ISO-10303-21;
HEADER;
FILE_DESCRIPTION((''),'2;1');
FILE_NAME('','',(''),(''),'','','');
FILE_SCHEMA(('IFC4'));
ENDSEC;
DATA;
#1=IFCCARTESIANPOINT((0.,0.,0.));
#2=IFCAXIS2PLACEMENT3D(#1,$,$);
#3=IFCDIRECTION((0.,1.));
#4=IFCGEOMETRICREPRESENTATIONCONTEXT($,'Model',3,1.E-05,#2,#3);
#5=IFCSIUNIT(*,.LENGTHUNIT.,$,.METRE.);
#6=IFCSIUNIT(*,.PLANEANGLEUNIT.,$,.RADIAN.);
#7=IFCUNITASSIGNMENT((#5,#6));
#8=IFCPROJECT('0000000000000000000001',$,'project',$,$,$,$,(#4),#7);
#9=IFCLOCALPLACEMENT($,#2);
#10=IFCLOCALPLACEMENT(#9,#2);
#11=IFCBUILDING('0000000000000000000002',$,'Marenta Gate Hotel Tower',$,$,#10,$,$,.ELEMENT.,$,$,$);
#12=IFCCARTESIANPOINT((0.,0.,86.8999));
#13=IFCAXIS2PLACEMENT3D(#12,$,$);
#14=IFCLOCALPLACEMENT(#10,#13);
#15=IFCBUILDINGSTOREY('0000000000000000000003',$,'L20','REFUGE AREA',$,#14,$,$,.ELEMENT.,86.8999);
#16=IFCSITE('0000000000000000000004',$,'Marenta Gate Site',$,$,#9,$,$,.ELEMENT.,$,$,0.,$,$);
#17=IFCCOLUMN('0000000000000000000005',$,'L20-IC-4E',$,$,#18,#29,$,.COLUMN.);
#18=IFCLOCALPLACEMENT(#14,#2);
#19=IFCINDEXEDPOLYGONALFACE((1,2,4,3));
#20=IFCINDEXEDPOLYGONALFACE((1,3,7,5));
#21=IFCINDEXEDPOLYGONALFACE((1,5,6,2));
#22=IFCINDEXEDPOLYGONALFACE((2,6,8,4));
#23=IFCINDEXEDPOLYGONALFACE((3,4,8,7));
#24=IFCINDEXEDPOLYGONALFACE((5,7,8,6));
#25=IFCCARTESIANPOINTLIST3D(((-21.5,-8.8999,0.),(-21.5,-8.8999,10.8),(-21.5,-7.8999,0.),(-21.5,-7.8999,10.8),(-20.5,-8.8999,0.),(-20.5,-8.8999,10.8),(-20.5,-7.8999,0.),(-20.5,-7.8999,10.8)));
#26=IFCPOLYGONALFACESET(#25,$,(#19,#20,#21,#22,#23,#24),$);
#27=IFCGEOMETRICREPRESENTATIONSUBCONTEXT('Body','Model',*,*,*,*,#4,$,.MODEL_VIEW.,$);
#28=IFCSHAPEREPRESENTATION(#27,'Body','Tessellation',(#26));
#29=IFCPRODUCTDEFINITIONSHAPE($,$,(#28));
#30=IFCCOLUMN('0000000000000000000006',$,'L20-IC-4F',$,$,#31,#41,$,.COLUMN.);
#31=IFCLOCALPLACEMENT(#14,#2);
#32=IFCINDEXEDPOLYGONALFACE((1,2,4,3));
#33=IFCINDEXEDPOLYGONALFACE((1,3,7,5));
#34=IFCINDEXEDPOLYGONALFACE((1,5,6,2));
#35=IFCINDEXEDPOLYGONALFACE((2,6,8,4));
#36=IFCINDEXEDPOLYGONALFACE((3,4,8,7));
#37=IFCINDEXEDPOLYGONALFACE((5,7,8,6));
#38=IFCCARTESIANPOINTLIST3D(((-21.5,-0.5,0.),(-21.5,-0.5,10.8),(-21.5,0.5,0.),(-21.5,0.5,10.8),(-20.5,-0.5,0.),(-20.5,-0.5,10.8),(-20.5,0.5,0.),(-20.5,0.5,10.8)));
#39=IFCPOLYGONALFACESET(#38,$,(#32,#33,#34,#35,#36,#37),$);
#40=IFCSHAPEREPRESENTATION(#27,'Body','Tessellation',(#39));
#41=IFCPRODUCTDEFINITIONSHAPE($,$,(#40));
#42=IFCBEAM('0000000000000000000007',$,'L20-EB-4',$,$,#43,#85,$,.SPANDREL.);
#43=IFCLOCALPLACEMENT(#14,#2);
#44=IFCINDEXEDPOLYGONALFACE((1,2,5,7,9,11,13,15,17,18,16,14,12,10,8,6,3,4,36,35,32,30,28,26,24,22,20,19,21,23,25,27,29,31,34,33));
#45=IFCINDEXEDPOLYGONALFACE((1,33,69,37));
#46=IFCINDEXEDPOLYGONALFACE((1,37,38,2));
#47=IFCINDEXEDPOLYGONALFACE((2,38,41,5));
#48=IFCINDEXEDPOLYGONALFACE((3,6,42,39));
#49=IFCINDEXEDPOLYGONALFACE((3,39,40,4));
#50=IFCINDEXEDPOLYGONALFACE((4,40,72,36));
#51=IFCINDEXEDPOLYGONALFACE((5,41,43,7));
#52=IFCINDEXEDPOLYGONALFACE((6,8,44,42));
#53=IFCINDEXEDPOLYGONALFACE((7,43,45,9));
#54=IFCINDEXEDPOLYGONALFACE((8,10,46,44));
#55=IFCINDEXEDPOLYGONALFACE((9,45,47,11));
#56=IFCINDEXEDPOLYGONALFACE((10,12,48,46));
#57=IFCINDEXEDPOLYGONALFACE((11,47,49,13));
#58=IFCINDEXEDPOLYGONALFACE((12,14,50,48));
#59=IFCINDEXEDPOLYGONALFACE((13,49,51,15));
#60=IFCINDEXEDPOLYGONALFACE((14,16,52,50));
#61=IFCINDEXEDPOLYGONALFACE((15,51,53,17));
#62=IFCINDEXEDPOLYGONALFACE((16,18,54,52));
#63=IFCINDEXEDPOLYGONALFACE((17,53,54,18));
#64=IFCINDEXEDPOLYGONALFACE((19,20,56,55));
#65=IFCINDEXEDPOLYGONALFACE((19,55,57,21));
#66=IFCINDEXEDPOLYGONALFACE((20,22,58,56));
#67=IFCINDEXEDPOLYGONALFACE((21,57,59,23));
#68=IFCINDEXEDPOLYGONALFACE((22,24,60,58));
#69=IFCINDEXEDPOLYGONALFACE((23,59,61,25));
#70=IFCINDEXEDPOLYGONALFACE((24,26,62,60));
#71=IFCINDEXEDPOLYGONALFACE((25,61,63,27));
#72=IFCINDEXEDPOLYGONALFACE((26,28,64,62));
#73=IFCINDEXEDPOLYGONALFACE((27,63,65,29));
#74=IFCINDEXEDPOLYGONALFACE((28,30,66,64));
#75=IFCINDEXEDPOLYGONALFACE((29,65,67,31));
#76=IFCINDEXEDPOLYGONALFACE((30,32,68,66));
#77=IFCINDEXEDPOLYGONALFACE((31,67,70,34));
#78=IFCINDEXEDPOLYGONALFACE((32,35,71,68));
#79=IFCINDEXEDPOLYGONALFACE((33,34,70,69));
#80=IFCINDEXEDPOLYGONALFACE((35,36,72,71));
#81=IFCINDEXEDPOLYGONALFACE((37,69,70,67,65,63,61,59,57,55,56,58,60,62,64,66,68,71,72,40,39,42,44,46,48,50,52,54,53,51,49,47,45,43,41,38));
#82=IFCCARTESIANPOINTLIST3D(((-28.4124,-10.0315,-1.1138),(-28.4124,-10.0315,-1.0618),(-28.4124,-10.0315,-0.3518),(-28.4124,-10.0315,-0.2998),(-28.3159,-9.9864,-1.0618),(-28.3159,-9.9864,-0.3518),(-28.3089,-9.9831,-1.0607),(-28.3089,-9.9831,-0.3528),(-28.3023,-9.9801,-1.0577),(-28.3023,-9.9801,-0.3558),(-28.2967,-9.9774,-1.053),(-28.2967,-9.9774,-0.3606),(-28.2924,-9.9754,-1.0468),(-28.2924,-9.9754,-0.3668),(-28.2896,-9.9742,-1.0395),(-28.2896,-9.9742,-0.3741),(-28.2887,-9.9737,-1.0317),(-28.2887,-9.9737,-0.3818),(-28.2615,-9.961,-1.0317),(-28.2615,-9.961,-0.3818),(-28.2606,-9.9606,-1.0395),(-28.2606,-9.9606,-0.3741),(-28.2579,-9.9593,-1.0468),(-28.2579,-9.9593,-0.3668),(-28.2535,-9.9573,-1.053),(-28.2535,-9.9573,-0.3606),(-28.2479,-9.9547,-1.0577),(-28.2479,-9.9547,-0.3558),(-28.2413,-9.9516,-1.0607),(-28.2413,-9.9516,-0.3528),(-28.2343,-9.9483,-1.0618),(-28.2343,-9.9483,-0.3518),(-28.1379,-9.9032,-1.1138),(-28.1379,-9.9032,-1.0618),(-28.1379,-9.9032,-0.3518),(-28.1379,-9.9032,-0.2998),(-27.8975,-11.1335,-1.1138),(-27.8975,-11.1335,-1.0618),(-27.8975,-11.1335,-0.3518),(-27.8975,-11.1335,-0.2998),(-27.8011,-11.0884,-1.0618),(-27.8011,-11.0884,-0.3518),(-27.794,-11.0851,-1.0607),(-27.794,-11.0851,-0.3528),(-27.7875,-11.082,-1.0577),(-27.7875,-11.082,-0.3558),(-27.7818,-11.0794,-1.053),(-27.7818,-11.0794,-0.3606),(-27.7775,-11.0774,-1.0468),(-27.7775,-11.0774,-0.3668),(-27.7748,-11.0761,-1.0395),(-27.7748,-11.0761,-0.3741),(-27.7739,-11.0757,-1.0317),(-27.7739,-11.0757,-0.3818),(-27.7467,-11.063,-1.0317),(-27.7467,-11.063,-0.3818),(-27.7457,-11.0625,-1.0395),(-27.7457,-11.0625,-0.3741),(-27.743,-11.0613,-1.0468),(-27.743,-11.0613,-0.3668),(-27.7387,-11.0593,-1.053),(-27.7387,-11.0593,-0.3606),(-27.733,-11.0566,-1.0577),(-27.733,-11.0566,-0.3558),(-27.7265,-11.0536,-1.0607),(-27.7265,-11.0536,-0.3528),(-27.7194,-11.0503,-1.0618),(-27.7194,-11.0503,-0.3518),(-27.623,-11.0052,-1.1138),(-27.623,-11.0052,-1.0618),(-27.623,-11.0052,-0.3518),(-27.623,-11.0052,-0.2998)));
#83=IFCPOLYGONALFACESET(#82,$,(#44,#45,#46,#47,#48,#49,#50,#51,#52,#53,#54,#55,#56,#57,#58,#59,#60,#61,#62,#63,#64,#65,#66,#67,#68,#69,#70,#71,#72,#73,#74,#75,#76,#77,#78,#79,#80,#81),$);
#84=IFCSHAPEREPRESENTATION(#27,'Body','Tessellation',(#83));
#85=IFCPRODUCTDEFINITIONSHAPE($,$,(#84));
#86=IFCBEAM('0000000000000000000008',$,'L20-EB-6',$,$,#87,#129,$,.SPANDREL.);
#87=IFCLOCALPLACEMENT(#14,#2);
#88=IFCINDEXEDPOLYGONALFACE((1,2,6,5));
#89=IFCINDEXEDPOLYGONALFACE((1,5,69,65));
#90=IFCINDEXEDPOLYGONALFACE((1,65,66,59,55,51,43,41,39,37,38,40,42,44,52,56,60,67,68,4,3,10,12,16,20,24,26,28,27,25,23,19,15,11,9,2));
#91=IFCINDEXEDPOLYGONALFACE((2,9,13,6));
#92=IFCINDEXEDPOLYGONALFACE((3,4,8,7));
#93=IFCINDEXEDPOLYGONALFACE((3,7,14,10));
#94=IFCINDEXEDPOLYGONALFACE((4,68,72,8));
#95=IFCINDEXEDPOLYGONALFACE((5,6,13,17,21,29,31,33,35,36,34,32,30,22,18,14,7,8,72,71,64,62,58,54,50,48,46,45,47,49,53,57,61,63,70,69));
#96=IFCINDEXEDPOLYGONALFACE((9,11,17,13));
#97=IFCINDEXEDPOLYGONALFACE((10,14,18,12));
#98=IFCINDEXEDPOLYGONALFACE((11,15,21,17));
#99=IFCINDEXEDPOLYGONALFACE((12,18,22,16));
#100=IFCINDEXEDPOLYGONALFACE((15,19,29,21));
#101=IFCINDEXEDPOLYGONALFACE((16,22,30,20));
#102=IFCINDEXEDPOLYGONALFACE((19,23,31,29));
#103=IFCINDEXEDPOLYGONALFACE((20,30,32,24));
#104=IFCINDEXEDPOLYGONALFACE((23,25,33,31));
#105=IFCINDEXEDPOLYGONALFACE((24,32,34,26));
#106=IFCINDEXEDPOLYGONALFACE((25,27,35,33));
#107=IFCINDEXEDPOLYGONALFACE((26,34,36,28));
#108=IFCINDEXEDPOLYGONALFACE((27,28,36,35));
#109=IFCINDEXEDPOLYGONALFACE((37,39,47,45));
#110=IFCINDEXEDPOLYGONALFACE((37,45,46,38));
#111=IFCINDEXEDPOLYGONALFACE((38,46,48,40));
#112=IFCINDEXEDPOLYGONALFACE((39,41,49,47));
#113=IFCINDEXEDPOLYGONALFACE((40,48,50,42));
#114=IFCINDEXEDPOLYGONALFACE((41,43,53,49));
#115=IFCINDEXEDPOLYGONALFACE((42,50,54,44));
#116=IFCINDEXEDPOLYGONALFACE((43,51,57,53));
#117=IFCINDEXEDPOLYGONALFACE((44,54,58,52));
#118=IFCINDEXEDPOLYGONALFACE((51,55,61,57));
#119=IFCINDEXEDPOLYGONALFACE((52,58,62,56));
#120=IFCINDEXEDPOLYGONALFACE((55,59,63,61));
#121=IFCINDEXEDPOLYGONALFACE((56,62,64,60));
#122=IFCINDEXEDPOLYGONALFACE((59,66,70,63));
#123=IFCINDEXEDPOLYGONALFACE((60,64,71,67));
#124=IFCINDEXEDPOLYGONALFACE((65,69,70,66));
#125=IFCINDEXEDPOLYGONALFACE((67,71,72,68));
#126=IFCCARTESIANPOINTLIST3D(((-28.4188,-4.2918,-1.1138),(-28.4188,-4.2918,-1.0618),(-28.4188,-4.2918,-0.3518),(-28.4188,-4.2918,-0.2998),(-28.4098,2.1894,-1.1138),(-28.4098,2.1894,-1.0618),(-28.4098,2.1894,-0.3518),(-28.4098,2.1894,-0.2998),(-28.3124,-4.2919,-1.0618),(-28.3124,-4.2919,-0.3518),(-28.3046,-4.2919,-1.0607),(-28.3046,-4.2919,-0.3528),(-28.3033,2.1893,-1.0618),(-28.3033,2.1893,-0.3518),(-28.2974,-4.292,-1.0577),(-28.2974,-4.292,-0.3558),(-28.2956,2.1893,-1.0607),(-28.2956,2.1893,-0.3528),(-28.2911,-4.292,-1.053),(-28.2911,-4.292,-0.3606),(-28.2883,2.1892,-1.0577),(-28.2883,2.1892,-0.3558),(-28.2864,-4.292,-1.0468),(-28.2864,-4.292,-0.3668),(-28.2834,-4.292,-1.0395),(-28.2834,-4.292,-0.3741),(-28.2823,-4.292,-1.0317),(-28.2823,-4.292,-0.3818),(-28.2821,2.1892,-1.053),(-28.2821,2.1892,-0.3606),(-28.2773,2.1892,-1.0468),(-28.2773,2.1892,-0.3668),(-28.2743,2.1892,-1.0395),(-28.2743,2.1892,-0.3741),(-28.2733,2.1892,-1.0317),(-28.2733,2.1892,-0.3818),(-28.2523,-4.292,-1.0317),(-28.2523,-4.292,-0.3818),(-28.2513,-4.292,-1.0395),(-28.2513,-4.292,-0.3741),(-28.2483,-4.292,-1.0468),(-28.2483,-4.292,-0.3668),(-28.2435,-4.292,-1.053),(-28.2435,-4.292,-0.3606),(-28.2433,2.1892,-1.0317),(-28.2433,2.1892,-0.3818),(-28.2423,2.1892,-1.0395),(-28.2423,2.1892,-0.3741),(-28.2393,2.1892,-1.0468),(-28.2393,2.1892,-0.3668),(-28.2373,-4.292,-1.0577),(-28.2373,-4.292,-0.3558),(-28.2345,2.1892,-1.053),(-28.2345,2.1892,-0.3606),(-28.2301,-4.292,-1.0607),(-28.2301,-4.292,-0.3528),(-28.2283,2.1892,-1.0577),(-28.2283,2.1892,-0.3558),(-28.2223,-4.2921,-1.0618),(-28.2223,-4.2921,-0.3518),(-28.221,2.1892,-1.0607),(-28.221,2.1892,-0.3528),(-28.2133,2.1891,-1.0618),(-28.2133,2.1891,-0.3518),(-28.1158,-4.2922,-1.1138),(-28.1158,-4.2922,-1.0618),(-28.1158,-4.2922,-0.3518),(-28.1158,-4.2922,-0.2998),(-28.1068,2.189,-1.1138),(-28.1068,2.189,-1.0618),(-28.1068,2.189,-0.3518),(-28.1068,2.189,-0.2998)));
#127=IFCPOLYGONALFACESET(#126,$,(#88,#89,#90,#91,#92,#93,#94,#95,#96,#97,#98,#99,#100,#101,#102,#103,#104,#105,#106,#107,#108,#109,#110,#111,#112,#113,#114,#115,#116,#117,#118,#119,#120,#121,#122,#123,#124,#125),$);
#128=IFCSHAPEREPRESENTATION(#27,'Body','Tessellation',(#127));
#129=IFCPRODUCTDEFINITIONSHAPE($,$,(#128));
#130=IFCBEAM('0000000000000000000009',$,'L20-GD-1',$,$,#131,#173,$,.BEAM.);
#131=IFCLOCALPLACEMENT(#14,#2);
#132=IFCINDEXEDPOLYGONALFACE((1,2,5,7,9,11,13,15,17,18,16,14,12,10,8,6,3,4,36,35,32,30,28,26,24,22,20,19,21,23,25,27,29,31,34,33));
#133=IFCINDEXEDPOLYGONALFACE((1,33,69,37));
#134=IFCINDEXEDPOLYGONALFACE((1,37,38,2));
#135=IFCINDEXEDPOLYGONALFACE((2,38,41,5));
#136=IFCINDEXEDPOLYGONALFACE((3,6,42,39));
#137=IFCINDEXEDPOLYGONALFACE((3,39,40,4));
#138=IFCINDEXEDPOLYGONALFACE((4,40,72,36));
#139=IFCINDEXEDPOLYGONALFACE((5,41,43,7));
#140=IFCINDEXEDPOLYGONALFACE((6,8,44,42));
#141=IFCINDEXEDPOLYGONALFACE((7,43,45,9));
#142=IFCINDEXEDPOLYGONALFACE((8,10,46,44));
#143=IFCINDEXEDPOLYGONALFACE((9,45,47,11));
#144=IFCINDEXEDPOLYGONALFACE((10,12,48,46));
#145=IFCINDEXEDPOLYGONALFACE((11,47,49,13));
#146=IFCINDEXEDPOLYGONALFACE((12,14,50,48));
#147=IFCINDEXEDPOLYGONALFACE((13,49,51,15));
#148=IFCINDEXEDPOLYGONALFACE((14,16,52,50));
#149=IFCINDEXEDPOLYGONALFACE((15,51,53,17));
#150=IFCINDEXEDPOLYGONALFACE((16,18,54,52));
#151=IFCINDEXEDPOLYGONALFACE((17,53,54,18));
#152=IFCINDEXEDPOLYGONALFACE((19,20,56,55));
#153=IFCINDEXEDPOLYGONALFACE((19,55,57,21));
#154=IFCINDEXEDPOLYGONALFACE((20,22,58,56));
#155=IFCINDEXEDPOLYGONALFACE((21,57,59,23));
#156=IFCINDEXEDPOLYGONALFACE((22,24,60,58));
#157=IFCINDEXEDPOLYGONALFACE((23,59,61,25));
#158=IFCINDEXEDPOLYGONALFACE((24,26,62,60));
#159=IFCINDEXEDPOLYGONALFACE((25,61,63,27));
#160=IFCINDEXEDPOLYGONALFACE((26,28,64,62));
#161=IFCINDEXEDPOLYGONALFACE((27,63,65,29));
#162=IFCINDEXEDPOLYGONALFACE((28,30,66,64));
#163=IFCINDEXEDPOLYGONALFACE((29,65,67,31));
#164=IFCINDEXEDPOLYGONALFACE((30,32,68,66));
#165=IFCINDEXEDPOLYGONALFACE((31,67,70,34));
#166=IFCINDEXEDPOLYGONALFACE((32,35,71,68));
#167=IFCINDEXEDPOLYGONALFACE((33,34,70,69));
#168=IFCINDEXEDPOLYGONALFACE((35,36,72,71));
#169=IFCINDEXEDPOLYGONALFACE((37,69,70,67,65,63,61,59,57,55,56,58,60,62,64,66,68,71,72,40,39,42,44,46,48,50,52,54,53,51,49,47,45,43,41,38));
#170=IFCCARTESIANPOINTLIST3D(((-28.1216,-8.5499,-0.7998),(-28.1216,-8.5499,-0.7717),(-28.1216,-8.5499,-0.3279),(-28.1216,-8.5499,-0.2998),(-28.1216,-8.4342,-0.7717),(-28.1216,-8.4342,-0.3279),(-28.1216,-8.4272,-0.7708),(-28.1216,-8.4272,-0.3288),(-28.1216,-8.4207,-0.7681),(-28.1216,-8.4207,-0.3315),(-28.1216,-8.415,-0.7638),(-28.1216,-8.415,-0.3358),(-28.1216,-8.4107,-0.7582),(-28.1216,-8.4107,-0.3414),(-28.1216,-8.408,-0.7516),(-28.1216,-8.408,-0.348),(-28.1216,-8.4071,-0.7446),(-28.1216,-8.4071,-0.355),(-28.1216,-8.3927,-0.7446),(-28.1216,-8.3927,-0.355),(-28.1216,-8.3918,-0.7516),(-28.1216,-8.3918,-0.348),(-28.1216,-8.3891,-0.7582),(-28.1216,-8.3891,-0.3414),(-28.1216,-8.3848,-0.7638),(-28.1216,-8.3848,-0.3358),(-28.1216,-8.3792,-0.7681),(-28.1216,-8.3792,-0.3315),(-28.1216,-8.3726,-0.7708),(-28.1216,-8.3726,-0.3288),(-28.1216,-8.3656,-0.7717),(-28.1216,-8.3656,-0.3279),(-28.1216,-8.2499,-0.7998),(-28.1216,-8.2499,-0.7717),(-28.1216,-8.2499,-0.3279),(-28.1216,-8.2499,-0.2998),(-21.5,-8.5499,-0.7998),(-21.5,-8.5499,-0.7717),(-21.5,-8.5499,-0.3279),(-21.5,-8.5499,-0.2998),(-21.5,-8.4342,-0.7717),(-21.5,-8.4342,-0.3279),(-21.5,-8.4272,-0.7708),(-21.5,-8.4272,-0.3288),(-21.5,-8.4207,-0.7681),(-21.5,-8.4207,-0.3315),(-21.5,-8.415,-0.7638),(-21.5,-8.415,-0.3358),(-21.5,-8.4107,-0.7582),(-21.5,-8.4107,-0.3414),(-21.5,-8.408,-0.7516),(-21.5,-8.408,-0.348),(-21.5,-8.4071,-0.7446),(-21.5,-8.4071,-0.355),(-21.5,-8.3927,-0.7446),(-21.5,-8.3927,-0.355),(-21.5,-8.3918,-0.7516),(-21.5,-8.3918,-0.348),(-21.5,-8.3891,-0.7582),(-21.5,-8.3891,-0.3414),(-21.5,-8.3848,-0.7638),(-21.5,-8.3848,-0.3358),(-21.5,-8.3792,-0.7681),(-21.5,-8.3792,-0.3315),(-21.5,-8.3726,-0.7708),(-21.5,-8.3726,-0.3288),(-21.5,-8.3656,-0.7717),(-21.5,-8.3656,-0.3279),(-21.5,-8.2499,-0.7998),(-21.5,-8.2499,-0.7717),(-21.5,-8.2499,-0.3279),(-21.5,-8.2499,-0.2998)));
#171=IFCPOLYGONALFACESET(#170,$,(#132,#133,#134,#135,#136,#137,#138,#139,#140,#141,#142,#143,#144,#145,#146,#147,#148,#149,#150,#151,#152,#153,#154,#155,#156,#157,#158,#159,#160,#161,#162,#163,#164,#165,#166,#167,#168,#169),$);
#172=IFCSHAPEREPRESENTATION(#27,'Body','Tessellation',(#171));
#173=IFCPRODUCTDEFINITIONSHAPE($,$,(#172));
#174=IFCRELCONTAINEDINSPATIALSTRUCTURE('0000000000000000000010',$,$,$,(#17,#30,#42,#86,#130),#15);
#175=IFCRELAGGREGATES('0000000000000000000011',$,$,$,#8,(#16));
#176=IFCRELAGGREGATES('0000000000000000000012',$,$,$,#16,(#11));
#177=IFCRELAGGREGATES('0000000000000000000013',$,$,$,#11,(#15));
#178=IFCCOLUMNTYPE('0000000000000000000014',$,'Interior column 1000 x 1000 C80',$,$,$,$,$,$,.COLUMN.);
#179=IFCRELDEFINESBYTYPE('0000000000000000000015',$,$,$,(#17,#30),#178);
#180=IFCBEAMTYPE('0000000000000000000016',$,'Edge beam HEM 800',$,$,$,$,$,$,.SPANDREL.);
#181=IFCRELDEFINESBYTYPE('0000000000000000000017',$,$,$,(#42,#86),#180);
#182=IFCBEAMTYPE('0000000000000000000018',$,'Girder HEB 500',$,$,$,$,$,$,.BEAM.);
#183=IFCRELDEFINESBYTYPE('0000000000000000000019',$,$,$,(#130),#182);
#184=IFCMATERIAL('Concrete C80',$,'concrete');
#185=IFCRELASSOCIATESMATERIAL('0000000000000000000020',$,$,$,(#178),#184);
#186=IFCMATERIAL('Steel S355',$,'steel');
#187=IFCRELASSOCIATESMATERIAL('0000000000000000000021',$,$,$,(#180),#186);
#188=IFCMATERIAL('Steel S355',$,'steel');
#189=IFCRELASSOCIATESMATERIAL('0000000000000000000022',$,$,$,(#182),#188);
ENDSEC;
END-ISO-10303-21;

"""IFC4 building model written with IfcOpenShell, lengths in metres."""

from ifc_helpers import new_model, si_unit, direction, frame, origin, origin_2d, place, context, subcontext, project, spatial, rectangle, i_section, extrude, material, material_profile, profile_set, type_object, element, save


model = new_model("IFC4")

# Units and contexts
model_context = context("Model", 3, precision=1e-05, world=origin(), true_north=direction((0.0, 1.0)))
body_context = subcontext(model_context, "Body", "Model", "MODEL_VIEW")
ifc_project = project(units=[si_unit("LENGTHUNIT", "METRE"), si_unit("PLANEANGLEUNIT", "RADIAN")], contexts=[model_context])

# Site, building, storey
site_placement = place(None, origin())
site = spatial("IfcSite", under=ifc_project, at=site_placement, Name="Marenta Gate Site", CompositionType="ELEMENT", RefElevation=0.0)
building_placement = place(site_placement, origin())
building = spatial("IfcBuilding", under=site, at=building_placement, Name="Marenta Gate Hotel Tower", CompositionType="ELEMENT")
storey_placement = place(building_placement, frame((0.0, 0.0, 86.8999)))
storey = spatial("IfcBuildingStorey", under=building, at=storey_placement, Name="L20", Description="REFUGE AREA", CompositionType="ELEMENT", Elevation=86.8999)

# Columns
ifc_material_1 = material(Name="Concrete C80", Category="concrete")
ifc_material_profile_1 = material_profile(ifc_material_1, rectangle(XDim=1.0, YDim=1.0, at=origin_2d()), Name="1000 x 1000")
ifc_profile_set_1 = profile_set([ifc_material_profile_1], Name="Concrete C80")
column_type = type_object("IfcColumnType", Name="Interior column 1000 x 1000 C80", PredefinedType="COLUMN", material=ifc_profile_set_1)
for number, where, z_axis, x_axis, name in (
    (1, (-21.0, -8.3999, 0.0), (0.0, 0.0, 1.0), (1.0, 0.0, 0.0), "L20-IC-4E"),
    (2, (-21.0, 0.0, 0.0), (0.0, 0.0, 1.0), (1.0, 0.0, 0.0), "L20-IC-4F"),
):
    element("IfcColumn", number, at=place(storey_placement, frame(where, z_axis=z_axis, x_axis=x_axis)), inside=storey, type_object=column_type, Name=name, PredefinedType="COLUMN", context=body_context, shape_type="SweptSolid", body=[
        extrude(rectangle(XDim=1.0, YDim=1.0, at=origin_2d()), origin(), (0.0, 0.0, 1.0), 10.8),
    ])

# Beams
ifc_material_2 = material(Name="Steel S355", Category="steel")
ifc_material_profile_2 = material_profile(ifc_material_2, i_section(OverallWidth=0.303, OverallDepth=0.814, WebThickness=0.03, FlangeThickness=0.052, FilletRadius=0.03, at=origin_2d()), Name="HEM 800")
ifc_profile_set_2 = profile_set([ifc_material_profile_2], Name="Steel S355")
beam_type_1 = type_object("IfcBeamType", Name="Edge beam HEM 800", PredefinedType="SPANDREL", material=ifc_profile_set_2)
beam_1_placement = place(storey_placement, frame((-27.7603, -11.0693, -0.7068), z_axis=(-0.423292, 0.905993, 0.0), x_axis=(-0.905993, -0.423292, 0.0)))
element("IfcBeam", 3, at=beam_1_placement, inside=storey, type_object=beam_type_1, Name="L20-EB-4", PredefinedType="SPANDREL", context=body_context, shape_type="SweptSolid", body=[
    extrude(i_section(OverallWidth=0.303, OverallDepth=0.814, WebThickness=0.03, FlangeThickness=0.052, FilletRadius=0.03, at=origin_2d()), origin(), (0.0, 0.0, 1.0), 1.2163),
])
beam_2_placement = place(storey_placement, frame((-28.2673, -4.292, -0.7068), z_axis=(0.001394, 0.999999, 0.0), x_axis=(-0.999999, 0.001394, 0.0)))
element("IfcBeam", 4, at=beam_2_placement, inside=storey, type_object=beam_type_1, Name="L20-EB-6", PredefinedType="SPANDREL", context=body_context, shape_type="SweptSolid", body=[
    extrude(i_section(OverallWidth=0.303, OverallDepth=0.814, WebThickness=0.03, FlangeThickness=0.052, FilletRadius=0.03, at=origin_2d()), origin(), (0.0, 0.0, 1.0), 6.4812),
])
ifc_material_3 = material(Name="Steel S355", Category="steel")
ifc_material_profile_3 = material_profile(ifc_material_3, i_section(OverallWidth=0.3, OverallDepth=0.5, WebThickness=0.0144, FlangeThickness=0.0281, FilletRadius=0.0271, at=origin_2d()), Name="HEB 500")
ifc_profile_set_3 = profile_set([ifc_material_profile_3], Name="Steel S355")
beam_type_2 = type_object("IfcBeamType", Name="Girder HEB 500", PredefinedType="BEAM", material=ifc_profile_set_3)
beam_3_placement = place(storey_placement, frame((-28.1216, -8.3999, -0.5498), z_axis=(1.0, 0.0, 0.0), x_axis=(0.0, 1.0, 0.0)))
element("IfcBeam", 5, at=beam_3_placement, inside=storey, type_object=beam_type_2, Name="L20-GD-1", PredefinedType="BEAM", context=body_context, shape_type="SweptSolid", body=[
    extrude(i_section(OverallWidth=0.3, OverallDepth=0.5, WebThickness=0.0144, FlangeThickness=0.0281, FilletRadius=0.0271, at=origin_2d()), origin(), (0.0, 0.0, 1.0), 6.6216),
])

save(model, "model.ifc")
